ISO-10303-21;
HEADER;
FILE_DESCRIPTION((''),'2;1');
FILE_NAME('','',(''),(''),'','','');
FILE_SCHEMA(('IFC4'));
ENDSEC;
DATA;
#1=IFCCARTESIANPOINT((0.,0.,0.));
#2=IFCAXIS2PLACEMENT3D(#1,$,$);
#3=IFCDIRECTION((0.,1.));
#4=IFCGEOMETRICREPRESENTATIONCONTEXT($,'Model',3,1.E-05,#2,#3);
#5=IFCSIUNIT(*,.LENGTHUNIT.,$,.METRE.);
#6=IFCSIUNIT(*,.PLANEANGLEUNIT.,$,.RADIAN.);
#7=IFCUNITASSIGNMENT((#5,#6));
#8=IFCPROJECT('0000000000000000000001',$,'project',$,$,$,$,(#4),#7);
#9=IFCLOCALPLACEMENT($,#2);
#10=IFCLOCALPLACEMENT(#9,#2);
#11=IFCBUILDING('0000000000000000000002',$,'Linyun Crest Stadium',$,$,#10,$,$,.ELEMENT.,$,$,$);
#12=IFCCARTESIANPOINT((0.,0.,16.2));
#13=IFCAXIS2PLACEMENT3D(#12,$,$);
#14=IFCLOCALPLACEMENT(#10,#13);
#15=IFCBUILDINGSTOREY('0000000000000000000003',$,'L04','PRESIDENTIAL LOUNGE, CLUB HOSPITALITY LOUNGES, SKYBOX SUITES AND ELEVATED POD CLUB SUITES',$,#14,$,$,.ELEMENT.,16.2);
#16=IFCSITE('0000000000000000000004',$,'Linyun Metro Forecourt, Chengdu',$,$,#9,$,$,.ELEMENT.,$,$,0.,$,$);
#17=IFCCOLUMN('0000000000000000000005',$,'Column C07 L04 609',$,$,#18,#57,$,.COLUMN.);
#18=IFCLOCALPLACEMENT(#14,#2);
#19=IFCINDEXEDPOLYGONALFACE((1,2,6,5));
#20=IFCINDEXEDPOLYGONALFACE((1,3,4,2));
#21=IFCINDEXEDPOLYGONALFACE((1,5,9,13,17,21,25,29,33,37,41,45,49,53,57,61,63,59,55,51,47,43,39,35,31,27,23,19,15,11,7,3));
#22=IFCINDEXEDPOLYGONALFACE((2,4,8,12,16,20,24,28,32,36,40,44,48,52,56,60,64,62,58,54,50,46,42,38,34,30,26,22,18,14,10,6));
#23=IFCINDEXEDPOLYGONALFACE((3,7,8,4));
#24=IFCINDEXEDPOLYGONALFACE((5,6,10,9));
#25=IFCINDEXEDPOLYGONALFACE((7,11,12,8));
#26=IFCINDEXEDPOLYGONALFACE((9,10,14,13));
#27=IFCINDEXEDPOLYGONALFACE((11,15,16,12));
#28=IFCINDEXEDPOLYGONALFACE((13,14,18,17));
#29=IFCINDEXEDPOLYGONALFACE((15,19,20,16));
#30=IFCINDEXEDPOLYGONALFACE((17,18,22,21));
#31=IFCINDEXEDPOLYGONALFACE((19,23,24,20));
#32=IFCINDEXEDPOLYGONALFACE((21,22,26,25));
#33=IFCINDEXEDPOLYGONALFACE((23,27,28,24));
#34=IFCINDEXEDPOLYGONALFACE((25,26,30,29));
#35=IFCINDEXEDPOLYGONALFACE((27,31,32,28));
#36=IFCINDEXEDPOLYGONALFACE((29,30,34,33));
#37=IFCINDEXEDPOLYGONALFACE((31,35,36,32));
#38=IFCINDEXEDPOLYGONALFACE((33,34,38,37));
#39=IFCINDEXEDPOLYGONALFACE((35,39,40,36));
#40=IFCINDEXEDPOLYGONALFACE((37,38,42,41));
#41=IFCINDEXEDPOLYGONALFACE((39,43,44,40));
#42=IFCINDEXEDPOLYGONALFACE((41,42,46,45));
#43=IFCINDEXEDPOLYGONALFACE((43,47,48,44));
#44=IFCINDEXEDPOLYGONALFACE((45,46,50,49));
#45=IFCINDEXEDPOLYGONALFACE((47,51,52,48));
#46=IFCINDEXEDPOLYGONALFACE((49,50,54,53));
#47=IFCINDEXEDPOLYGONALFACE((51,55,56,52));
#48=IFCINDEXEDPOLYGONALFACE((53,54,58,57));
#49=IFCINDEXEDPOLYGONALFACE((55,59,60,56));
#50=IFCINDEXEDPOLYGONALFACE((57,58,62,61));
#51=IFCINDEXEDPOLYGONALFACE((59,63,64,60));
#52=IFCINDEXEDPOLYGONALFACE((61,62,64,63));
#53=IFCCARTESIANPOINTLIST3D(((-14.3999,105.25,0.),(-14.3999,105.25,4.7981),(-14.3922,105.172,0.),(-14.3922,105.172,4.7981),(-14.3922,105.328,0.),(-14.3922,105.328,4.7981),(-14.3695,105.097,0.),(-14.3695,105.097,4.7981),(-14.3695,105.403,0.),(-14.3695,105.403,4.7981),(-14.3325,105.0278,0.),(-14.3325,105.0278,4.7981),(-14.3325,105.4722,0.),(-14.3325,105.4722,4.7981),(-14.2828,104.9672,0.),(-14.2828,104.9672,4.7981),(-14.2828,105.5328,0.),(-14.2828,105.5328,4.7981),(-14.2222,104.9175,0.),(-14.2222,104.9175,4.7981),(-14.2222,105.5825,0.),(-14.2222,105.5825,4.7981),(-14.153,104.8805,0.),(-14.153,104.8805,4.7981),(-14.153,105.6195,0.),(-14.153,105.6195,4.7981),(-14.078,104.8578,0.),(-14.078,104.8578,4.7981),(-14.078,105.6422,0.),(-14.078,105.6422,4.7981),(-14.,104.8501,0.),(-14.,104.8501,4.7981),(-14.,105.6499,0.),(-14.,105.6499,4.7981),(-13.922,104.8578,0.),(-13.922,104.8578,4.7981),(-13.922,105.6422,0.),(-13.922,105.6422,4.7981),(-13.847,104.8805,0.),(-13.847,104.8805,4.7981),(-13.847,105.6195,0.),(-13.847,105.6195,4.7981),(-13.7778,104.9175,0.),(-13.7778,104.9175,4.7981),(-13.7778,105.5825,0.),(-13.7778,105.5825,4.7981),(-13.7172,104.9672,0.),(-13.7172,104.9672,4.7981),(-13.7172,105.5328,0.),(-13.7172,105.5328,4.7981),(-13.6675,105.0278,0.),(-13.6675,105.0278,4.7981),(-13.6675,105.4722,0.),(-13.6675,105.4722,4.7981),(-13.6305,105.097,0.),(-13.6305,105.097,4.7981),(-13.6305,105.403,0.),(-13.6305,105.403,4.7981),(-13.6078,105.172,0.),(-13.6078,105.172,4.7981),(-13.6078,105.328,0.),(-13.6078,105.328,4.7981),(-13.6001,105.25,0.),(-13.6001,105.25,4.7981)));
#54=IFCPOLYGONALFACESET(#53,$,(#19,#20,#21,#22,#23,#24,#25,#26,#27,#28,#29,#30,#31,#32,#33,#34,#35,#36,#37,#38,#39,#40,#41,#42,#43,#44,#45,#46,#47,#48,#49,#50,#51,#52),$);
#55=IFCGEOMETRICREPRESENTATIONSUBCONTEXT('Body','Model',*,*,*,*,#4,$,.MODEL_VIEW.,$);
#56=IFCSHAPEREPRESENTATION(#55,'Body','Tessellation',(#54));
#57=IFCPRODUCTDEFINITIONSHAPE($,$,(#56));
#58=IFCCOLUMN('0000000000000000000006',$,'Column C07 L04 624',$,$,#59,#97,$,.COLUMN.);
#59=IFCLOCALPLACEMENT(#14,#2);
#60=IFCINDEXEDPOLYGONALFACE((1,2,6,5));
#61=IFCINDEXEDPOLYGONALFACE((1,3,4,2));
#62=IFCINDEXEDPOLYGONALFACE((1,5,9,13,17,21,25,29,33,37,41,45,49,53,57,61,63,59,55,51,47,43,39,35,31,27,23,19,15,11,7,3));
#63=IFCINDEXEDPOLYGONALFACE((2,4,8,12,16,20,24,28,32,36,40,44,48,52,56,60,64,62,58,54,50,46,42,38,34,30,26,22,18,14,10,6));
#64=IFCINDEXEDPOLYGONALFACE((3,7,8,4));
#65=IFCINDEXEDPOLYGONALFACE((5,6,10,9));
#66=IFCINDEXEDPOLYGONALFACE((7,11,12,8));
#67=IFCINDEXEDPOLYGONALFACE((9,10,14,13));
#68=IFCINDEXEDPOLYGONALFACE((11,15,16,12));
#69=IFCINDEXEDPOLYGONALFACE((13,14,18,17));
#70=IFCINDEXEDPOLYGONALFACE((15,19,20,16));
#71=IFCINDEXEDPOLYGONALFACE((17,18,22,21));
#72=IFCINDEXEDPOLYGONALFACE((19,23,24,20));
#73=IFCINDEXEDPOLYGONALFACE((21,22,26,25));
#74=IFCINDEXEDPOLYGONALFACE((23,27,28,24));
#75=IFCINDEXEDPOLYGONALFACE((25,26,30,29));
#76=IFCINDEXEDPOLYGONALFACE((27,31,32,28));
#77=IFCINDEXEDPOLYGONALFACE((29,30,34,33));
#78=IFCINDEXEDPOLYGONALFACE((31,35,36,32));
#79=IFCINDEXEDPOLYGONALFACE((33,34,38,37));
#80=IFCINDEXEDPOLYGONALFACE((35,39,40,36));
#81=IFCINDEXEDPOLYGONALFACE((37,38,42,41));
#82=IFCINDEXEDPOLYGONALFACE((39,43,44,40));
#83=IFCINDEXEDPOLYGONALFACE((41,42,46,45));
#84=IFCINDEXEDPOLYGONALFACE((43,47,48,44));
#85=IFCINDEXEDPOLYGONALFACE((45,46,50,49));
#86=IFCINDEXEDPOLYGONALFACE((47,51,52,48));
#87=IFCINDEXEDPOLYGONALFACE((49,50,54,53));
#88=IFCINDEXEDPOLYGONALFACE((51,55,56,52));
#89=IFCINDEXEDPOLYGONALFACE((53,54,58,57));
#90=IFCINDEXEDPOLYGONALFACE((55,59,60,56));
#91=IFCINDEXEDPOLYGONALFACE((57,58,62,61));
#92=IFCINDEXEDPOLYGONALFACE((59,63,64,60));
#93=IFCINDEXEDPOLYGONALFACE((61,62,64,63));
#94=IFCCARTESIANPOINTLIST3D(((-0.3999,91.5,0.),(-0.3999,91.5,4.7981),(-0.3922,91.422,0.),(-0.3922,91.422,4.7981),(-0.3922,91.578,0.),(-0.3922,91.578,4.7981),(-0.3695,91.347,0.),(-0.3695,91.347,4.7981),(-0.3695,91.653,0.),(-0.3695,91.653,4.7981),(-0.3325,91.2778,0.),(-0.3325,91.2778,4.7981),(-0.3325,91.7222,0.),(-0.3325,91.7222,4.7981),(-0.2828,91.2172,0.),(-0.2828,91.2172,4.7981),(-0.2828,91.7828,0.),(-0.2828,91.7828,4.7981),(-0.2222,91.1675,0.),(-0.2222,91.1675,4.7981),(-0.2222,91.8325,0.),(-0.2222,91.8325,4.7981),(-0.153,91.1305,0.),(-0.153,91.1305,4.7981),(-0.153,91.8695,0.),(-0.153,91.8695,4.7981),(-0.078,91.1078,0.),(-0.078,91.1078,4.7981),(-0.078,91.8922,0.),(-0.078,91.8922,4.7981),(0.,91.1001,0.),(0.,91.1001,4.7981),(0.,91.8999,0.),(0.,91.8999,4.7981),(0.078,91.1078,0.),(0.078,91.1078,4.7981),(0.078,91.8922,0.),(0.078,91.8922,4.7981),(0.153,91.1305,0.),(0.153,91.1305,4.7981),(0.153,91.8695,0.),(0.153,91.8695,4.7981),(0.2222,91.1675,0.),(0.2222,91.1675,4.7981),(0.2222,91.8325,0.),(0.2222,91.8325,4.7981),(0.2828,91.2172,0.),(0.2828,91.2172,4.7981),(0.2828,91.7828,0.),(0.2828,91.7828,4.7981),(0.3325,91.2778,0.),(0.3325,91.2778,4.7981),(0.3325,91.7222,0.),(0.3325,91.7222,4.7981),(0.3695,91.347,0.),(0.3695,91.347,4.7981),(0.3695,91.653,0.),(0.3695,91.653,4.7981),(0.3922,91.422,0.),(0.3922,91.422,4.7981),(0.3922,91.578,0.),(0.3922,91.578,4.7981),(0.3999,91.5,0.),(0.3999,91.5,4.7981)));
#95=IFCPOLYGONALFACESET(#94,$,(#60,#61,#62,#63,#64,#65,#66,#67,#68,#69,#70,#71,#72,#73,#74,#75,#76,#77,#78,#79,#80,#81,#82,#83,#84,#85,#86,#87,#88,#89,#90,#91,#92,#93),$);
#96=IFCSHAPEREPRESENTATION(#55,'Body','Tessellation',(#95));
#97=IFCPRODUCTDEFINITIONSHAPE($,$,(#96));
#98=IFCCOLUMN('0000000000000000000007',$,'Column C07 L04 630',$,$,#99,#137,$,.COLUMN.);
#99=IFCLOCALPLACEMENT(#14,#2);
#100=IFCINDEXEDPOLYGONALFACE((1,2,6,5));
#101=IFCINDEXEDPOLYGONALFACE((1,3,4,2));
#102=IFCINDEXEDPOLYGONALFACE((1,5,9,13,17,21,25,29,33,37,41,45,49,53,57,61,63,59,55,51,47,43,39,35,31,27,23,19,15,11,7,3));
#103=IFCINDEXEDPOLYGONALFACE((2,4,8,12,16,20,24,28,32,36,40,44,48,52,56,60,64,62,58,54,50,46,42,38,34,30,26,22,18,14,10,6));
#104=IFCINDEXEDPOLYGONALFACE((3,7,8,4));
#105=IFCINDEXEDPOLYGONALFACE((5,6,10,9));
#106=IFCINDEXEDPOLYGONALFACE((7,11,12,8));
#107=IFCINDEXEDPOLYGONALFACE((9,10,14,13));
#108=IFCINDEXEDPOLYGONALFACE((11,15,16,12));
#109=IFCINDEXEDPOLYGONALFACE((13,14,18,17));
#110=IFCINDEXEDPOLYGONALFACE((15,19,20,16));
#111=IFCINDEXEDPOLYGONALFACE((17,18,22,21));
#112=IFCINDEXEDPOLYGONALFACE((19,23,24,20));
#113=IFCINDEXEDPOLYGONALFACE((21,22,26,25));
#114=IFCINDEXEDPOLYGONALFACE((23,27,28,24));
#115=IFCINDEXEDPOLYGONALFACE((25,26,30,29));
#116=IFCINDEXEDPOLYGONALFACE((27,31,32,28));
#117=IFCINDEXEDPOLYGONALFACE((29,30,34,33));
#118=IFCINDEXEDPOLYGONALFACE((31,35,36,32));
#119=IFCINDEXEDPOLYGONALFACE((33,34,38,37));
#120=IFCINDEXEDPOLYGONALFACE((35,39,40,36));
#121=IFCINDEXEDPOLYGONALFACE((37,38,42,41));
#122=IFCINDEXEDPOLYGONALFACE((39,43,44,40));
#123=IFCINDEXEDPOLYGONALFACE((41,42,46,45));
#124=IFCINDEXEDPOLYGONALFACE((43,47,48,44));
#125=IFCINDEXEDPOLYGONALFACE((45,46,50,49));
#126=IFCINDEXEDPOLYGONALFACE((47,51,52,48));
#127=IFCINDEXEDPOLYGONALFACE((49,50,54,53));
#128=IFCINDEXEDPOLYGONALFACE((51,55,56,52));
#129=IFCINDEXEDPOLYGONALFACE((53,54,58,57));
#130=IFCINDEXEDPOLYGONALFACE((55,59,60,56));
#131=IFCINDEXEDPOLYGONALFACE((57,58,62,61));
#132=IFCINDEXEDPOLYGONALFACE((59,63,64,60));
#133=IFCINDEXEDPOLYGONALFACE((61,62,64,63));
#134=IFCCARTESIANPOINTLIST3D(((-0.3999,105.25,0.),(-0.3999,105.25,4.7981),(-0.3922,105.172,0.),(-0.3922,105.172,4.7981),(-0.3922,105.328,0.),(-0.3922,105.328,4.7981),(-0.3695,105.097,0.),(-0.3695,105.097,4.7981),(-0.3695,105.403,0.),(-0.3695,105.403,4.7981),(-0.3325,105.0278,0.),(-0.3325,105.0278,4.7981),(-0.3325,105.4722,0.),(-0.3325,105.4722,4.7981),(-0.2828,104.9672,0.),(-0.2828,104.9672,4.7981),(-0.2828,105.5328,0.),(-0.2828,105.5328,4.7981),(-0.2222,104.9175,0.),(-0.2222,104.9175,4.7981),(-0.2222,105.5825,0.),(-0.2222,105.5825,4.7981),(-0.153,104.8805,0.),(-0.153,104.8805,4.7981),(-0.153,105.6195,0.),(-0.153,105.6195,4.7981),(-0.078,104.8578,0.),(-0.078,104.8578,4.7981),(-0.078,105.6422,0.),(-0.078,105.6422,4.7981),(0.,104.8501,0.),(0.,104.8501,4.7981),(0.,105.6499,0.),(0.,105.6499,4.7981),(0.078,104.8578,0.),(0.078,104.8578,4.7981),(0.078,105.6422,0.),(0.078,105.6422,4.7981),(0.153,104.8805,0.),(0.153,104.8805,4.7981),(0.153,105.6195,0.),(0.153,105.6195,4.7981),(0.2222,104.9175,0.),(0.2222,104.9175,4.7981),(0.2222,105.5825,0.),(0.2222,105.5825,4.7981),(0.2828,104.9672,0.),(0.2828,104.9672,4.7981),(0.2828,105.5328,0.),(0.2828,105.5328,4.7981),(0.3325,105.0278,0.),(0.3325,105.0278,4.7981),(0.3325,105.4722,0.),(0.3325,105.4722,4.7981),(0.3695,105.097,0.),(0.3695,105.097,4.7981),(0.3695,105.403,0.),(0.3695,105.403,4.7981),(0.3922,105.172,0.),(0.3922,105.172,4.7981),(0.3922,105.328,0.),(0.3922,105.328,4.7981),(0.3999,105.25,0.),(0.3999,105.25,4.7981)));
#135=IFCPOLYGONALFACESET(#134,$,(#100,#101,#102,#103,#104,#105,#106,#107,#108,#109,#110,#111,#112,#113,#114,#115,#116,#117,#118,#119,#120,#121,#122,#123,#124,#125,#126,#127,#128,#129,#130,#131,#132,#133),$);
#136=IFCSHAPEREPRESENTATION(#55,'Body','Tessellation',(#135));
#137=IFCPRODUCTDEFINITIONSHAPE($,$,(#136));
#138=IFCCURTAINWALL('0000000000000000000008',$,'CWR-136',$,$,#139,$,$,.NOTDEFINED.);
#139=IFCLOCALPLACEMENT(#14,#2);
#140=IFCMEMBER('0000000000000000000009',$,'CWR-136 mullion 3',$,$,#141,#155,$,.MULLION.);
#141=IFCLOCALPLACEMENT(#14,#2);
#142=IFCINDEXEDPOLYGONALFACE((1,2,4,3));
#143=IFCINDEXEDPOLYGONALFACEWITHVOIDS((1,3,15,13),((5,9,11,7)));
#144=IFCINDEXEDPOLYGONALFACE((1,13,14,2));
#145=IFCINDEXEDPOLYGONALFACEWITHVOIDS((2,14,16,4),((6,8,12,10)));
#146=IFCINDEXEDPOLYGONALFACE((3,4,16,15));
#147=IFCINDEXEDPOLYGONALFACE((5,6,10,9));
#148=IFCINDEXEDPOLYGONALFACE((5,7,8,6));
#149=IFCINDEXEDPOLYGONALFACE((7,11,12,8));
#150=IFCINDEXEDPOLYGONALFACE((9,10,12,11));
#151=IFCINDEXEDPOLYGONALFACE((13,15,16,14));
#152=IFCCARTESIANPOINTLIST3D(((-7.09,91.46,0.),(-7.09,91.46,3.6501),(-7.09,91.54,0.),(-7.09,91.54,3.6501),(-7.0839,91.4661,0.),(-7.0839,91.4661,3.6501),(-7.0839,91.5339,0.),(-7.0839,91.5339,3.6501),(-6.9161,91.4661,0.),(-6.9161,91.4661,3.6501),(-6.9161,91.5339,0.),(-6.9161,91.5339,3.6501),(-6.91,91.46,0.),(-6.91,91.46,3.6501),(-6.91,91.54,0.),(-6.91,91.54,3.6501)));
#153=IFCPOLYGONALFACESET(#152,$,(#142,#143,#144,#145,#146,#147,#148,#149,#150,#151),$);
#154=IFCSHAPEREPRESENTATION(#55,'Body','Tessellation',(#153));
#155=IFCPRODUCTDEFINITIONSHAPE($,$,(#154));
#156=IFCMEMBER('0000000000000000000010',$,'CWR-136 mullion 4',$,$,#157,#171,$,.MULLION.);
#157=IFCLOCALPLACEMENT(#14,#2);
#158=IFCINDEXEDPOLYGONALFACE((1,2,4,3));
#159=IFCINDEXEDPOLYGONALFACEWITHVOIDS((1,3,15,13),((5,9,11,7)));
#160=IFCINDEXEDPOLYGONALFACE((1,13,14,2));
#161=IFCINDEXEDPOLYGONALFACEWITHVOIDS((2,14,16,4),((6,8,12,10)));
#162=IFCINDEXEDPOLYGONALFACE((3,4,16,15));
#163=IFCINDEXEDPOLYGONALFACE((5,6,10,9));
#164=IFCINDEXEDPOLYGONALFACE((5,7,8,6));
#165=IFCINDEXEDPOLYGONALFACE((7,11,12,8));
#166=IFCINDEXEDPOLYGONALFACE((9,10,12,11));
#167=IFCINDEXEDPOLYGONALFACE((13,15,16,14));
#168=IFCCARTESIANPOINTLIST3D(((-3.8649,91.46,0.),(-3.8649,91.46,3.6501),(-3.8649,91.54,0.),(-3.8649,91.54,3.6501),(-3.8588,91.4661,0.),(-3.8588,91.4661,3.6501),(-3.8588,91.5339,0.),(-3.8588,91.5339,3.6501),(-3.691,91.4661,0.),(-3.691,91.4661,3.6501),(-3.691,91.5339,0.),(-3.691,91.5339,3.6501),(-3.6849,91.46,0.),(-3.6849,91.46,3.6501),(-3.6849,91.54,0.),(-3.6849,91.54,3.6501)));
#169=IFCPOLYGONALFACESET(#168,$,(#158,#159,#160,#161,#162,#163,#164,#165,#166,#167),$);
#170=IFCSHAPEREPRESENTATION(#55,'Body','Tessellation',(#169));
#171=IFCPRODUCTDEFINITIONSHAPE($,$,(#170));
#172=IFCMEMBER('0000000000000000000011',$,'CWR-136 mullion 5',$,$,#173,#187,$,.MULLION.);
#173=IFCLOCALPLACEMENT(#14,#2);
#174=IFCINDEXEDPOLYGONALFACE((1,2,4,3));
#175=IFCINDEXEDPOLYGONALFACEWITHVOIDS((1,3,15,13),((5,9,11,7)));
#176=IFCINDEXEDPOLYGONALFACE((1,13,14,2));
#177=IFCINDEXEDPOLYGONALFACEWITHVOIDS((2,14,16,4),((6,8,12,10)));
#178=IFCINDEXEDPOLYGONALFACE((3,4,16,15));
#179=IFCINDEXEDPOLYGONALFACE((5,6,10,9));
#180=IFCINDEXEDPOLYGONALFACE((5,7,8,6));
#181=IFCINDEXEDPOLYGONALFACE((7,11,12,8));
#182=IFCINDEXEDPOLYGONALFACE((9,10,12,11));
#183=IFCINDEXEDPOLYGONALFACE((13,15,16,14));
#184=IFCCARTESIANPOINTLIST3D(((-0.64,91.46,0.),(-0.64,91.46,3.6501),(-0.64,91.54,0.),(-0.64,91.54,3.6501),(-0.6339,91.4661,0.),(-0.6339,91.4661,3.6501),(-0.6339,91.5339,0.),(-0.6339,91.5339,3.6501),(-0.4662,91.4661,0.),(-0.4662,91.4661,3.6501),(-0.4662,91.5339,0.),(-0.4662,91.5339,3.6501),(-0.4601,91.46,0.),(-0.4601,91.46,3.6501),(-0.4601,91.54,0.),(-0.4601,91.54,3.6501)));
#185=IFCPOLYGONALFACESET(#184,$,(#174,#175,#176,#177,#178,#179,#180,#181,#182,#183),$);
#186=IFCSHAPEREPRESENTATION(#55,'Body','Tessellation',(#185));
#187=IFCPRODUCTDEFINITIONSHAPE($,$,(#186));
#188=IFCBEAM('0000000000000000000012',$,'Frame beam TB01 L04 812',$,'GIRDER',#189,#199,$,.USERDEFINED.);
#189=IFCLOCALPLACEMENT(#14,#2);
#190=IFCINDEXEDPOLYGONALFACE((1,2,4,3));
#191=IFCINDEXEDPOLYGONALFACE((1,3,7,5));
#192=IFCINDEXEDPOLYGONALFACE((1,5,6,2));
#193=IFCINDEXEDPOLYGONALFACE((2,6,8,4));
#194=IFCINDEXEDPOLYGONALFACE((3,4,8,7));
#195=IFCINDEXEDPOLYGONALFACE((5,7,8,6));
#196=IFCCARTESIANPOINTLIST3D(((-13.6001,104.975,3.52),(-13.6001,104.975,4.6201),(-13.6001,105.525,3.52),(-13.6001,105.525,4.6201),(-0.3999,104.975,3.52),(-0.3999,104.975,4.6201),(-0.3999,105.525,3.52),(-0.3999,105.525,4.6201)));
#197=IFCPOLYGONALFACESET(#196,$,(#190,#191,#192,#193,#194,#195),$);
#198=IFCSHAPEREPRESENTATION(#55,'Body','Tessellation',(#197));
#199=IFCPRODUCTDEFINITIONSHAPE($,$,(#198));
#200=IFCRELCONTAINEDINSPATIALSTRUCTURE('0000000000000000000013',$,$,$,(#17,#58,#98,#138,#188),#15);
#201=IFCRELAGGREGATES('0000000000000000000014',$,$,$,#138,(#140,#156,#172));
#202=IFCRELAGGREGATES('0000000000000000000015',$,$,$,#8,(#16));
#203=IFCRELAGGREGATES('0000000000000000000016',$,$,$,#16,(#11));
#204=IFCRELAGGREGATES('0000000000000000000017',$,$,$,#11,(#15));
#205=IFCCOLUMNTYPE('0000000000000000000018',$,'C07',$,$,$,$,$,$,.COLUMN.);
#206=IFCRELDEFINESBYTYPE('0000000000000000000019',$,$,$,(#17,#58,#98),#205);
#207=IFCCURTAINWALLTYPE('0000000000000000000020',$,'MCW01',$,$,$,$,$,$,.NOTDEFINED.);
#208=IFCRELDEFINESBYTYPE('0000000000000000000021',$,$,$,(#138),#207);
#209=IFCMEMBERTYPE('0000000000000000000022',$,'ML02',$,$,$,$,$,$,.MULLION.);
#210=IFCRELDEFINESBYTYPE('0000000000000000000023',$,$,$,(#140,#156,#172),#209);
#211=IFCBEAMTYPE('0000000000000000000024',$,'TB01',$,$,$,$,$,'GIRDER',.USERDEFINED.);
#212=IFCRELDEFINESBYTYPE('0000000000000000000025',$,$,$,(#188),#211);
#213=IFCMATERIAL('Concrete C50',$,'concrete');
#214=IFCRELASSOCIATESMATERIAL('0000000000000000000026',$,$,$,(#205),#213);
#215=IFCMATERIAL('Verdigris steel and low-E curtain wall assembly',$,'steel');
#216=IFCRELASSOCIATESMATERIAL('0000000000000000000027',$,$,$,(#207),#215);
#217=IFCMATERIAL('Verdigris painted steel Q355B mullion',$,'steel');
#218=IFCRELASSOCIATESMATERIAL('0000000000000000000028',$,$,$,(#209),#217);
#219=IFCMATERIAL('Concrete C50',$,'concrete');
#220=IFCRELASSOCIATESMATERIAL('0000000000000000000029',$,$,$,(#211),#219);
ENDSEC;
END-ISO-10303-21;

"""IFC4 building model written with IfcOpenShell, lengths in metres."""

from ifc_helpers import new_model, si_unit, direction, frame, origin, origin_2d, place, context, subcontext, project, spatial, rectangle, hollow_rectangle, circle, extrude, material, material_profile, profile_set, type_object, element, aggregate, save


model = new_model("IFC4")

# Units and contexts
model_context = context("Model", 3, precision=1e-05, world=origin(), true_north=direction((0.0, 1.0)))
body_context = subcontext(model_context, "Body", "Model", "MODEL_VIEW")
ifc_project = project(units=[si_unit("LENGTHUNIT", "METRE"), si_unit("PLANEANGLEUNIT", "RADIAN")], contexts=[model_context])

# Site, building, storey
site_placement = place(None, origin())
site = spatial("IfcSite", under=ifc_project, at=site_placement, Name="Linyun Metro Forecourt, Chengdu", CompositionType="ELEMENT", RefElevation=0.0)
building_placement = place(site_placement, origin())
building = spatial("IfcBuilding", under=site, at=building_placement, Name="Linyun Crest Stadium", CompositionType="ELEMENT")
storey_placement = place(building_placement, frame((0.0, 0.0, 16.2)))
storey = spatial("IfcBuildingStorey", under=building, at=storey_placement, Name="L04", Description="PRESIDENTIAL LOUNGE, CLUB HOSPITALITY LOUNGES, SKYBOX SUITES AND ELEVATED POD CLUB SUITES", CompositionType="ELEMENT", Elevation=16.2)

# Columns
ifc_material_1 = material(Name="Concrete C50", Category="concrete")
ifc_material_profile_1 = material_profile(ifc_material_1, circle(Radius=0.3999, at=origin_2d()), Name="RC D800")
ifc_profile_set_1 = profile_set([ifc_material_profile_1], Name="Concrete C50")
column_type = type_object("IfcColumnType", Name="C07", PredefinedType="COLUMN", material=ifc_profile_set_1)
for number, where, z_axis, x_axis, name in (
    (1, (-14.0, 105.25, 0.0), (0.0, 0.0, 1.0), (1.0, 0.0, 0.0), "Column C07 L04 609"),
    (2, (0.0, 91.5, 0.0), (0.0, 0.0, 1.0), (1.0, 0.0, 0.0), "Column C07 L04 624"),
    (3, (0.0, 105.25, 0.0), (0.0, 0.0, 1.0), (1.0, 0.0, 0.0), "Column C07 L04 630"),
):
    element("IfcColumn", number, at=place(storey_placement, frame(where, z_axis=z_axis, x_axis=x_axis)), inside=storey, type_object=column_type, Name=name, PredefinedType="COLUMN", context=body_context, shape_type="SweptSolid", body=[
        extrude(circle(Radius=0.3999, at=origin_2d()), origin(), (0.0, 0.0, 1.0), 4.7981),
    ])

# Curtain wall, members
ifc_material_2 = material(Name="Verdigris steel and low-E curtain wall assembly", Category="steel")
curtain_wall_type = type_object("IfcCurtainWallType", Name="MCW01", PredefinedType="NOTDEFINED", material=ifc_material_2)
curtain_wall_placement = place(storey_placement, origin())
curtain_wall = element("IfcCurtainWall", 4, at=curtain_wall_placement, inside=storey, type_object=curtain_wall_type, Name="CWR-136", PredefinedType="NOTDEFINED")
ifc_material_3 = material(Name="Verdigris painted steel Q355B mullion", Category="steel")
ifc_material_profile_2 = material_profile(ifc_material_3, hollow_rectangle(XDim=0.0801, YDim=0.1799, WallThickness=0.0061, at=origin_2d()), Name="RHS 180x80x6")
ifc_profile_set_2 = profile_set([ifc_material_profile_2], Name="Verdigris painted steel Q355B mullion")
member_type_1 = type_object("IfcMemberType", Name="ML02", PredefinedType="MULLION", material=ifc_profile_set_2)
member_1_placement = place(storey_placement, frame((-7.0, 91.5, 0.0), z_axis=(0.0, 0.0, 1.0), x_axis=(0.0, 1.0, 0.0)))
member_1 = element("IfcMember", 5, at=member_1_placement, type_object=member_type_1, Name="CWR-136 mullion 3", PredefinedType="MULLION", context=body_context, shape_type="SweptSolid", body=[
    extrude(hollow_rectangle(XDim=0.0801, YDim=0.1799, WallThickness=0.0061, at=origin_2d()), origin(), (0.0, 0.0, 1.0), 3.6501),
])
member_2_placement = place(storey_placement, frame((-3.7749, 91.5, 0.0), z_axis=(0.0, 0.0, 1.0), x_axis=(0.0, 1.0, 0.0)))
member_2 = element("IfcMember", 6, at=member_2_placement, type_object=member_type_1, Name="CWR-136 mullion 4", PredefinedType="MULLION", context=body_context, shape_type="SweptSolid", body=[
    extrude(hollow_rectangle(XDim=0.0801, YDim=0.1799, WallThickness=0.0061, at=origin_2d()), origin(), (0.0, 0.0, 1.0), 3.6501),
])
member_3_placement = place(storey_placement, frame((-0.55, 91.5, 0.0), z_axis=(0.0, 0.0, 1.0), x_axis=(0.0, 1.0, 0.0)))
member_3 = element("IfcMember", 7, at=member_3_placement, type_object=member_type_1, Name="CWR-136 mullion 5", PredefinedType="MULLION", context=body_context, shape_type="SweptSolid", body=[
    extrude(hollow_rectangle(XDim=0.0801, YDim=0.1799, WallThickness=0.0061, at=origin_2d()), origin(), (0.0, 0.0, 1.0), 3.6501),
])

# Beam
ifc_material_4 = material(Name="Concrete C50", Category="concrete")
ifc_material_profile_3 = material_profile(ifc_material_4, rectangle(XDim=0.55, YDim=1.1001, at=origin_2d()), Name="RCB 1100x550")
ifc_profile_set_3 = profile_set([ifc_material_profile_3], Name="Concrete C50")
beam_type = type_object("IfcBeamType", Name="TB01", ElementType="GIRDER", PredefinedType="USERDEFINED", material=ifc_profile_set_3)
beam_placement = place(storey_placement, frame((-13.6001, 105.25, 4.0701), z_axis=(1.0, 0.0, 0.0), x_axis=(0.0, 1.0, 0.0)))
element("IfcBeam", 8, at=beam_placement, inside=storey, type_object=beam_type, Name="Frame beam TB01 L04 812", ObjectType="GIRDER", PredefinedType="USERDEFINED", context=body_context, shape_type="SweptSolid", body=[
    extrude(rectangle(XDim=0.55, YDim=1.1001, at=origin_2d()), origin(), (0.0, 0.0, 1.0), 13.2002),
])

aggregate(curtain_wall, [member_1, member_2, member_3])

save(model, "model.ifc")
